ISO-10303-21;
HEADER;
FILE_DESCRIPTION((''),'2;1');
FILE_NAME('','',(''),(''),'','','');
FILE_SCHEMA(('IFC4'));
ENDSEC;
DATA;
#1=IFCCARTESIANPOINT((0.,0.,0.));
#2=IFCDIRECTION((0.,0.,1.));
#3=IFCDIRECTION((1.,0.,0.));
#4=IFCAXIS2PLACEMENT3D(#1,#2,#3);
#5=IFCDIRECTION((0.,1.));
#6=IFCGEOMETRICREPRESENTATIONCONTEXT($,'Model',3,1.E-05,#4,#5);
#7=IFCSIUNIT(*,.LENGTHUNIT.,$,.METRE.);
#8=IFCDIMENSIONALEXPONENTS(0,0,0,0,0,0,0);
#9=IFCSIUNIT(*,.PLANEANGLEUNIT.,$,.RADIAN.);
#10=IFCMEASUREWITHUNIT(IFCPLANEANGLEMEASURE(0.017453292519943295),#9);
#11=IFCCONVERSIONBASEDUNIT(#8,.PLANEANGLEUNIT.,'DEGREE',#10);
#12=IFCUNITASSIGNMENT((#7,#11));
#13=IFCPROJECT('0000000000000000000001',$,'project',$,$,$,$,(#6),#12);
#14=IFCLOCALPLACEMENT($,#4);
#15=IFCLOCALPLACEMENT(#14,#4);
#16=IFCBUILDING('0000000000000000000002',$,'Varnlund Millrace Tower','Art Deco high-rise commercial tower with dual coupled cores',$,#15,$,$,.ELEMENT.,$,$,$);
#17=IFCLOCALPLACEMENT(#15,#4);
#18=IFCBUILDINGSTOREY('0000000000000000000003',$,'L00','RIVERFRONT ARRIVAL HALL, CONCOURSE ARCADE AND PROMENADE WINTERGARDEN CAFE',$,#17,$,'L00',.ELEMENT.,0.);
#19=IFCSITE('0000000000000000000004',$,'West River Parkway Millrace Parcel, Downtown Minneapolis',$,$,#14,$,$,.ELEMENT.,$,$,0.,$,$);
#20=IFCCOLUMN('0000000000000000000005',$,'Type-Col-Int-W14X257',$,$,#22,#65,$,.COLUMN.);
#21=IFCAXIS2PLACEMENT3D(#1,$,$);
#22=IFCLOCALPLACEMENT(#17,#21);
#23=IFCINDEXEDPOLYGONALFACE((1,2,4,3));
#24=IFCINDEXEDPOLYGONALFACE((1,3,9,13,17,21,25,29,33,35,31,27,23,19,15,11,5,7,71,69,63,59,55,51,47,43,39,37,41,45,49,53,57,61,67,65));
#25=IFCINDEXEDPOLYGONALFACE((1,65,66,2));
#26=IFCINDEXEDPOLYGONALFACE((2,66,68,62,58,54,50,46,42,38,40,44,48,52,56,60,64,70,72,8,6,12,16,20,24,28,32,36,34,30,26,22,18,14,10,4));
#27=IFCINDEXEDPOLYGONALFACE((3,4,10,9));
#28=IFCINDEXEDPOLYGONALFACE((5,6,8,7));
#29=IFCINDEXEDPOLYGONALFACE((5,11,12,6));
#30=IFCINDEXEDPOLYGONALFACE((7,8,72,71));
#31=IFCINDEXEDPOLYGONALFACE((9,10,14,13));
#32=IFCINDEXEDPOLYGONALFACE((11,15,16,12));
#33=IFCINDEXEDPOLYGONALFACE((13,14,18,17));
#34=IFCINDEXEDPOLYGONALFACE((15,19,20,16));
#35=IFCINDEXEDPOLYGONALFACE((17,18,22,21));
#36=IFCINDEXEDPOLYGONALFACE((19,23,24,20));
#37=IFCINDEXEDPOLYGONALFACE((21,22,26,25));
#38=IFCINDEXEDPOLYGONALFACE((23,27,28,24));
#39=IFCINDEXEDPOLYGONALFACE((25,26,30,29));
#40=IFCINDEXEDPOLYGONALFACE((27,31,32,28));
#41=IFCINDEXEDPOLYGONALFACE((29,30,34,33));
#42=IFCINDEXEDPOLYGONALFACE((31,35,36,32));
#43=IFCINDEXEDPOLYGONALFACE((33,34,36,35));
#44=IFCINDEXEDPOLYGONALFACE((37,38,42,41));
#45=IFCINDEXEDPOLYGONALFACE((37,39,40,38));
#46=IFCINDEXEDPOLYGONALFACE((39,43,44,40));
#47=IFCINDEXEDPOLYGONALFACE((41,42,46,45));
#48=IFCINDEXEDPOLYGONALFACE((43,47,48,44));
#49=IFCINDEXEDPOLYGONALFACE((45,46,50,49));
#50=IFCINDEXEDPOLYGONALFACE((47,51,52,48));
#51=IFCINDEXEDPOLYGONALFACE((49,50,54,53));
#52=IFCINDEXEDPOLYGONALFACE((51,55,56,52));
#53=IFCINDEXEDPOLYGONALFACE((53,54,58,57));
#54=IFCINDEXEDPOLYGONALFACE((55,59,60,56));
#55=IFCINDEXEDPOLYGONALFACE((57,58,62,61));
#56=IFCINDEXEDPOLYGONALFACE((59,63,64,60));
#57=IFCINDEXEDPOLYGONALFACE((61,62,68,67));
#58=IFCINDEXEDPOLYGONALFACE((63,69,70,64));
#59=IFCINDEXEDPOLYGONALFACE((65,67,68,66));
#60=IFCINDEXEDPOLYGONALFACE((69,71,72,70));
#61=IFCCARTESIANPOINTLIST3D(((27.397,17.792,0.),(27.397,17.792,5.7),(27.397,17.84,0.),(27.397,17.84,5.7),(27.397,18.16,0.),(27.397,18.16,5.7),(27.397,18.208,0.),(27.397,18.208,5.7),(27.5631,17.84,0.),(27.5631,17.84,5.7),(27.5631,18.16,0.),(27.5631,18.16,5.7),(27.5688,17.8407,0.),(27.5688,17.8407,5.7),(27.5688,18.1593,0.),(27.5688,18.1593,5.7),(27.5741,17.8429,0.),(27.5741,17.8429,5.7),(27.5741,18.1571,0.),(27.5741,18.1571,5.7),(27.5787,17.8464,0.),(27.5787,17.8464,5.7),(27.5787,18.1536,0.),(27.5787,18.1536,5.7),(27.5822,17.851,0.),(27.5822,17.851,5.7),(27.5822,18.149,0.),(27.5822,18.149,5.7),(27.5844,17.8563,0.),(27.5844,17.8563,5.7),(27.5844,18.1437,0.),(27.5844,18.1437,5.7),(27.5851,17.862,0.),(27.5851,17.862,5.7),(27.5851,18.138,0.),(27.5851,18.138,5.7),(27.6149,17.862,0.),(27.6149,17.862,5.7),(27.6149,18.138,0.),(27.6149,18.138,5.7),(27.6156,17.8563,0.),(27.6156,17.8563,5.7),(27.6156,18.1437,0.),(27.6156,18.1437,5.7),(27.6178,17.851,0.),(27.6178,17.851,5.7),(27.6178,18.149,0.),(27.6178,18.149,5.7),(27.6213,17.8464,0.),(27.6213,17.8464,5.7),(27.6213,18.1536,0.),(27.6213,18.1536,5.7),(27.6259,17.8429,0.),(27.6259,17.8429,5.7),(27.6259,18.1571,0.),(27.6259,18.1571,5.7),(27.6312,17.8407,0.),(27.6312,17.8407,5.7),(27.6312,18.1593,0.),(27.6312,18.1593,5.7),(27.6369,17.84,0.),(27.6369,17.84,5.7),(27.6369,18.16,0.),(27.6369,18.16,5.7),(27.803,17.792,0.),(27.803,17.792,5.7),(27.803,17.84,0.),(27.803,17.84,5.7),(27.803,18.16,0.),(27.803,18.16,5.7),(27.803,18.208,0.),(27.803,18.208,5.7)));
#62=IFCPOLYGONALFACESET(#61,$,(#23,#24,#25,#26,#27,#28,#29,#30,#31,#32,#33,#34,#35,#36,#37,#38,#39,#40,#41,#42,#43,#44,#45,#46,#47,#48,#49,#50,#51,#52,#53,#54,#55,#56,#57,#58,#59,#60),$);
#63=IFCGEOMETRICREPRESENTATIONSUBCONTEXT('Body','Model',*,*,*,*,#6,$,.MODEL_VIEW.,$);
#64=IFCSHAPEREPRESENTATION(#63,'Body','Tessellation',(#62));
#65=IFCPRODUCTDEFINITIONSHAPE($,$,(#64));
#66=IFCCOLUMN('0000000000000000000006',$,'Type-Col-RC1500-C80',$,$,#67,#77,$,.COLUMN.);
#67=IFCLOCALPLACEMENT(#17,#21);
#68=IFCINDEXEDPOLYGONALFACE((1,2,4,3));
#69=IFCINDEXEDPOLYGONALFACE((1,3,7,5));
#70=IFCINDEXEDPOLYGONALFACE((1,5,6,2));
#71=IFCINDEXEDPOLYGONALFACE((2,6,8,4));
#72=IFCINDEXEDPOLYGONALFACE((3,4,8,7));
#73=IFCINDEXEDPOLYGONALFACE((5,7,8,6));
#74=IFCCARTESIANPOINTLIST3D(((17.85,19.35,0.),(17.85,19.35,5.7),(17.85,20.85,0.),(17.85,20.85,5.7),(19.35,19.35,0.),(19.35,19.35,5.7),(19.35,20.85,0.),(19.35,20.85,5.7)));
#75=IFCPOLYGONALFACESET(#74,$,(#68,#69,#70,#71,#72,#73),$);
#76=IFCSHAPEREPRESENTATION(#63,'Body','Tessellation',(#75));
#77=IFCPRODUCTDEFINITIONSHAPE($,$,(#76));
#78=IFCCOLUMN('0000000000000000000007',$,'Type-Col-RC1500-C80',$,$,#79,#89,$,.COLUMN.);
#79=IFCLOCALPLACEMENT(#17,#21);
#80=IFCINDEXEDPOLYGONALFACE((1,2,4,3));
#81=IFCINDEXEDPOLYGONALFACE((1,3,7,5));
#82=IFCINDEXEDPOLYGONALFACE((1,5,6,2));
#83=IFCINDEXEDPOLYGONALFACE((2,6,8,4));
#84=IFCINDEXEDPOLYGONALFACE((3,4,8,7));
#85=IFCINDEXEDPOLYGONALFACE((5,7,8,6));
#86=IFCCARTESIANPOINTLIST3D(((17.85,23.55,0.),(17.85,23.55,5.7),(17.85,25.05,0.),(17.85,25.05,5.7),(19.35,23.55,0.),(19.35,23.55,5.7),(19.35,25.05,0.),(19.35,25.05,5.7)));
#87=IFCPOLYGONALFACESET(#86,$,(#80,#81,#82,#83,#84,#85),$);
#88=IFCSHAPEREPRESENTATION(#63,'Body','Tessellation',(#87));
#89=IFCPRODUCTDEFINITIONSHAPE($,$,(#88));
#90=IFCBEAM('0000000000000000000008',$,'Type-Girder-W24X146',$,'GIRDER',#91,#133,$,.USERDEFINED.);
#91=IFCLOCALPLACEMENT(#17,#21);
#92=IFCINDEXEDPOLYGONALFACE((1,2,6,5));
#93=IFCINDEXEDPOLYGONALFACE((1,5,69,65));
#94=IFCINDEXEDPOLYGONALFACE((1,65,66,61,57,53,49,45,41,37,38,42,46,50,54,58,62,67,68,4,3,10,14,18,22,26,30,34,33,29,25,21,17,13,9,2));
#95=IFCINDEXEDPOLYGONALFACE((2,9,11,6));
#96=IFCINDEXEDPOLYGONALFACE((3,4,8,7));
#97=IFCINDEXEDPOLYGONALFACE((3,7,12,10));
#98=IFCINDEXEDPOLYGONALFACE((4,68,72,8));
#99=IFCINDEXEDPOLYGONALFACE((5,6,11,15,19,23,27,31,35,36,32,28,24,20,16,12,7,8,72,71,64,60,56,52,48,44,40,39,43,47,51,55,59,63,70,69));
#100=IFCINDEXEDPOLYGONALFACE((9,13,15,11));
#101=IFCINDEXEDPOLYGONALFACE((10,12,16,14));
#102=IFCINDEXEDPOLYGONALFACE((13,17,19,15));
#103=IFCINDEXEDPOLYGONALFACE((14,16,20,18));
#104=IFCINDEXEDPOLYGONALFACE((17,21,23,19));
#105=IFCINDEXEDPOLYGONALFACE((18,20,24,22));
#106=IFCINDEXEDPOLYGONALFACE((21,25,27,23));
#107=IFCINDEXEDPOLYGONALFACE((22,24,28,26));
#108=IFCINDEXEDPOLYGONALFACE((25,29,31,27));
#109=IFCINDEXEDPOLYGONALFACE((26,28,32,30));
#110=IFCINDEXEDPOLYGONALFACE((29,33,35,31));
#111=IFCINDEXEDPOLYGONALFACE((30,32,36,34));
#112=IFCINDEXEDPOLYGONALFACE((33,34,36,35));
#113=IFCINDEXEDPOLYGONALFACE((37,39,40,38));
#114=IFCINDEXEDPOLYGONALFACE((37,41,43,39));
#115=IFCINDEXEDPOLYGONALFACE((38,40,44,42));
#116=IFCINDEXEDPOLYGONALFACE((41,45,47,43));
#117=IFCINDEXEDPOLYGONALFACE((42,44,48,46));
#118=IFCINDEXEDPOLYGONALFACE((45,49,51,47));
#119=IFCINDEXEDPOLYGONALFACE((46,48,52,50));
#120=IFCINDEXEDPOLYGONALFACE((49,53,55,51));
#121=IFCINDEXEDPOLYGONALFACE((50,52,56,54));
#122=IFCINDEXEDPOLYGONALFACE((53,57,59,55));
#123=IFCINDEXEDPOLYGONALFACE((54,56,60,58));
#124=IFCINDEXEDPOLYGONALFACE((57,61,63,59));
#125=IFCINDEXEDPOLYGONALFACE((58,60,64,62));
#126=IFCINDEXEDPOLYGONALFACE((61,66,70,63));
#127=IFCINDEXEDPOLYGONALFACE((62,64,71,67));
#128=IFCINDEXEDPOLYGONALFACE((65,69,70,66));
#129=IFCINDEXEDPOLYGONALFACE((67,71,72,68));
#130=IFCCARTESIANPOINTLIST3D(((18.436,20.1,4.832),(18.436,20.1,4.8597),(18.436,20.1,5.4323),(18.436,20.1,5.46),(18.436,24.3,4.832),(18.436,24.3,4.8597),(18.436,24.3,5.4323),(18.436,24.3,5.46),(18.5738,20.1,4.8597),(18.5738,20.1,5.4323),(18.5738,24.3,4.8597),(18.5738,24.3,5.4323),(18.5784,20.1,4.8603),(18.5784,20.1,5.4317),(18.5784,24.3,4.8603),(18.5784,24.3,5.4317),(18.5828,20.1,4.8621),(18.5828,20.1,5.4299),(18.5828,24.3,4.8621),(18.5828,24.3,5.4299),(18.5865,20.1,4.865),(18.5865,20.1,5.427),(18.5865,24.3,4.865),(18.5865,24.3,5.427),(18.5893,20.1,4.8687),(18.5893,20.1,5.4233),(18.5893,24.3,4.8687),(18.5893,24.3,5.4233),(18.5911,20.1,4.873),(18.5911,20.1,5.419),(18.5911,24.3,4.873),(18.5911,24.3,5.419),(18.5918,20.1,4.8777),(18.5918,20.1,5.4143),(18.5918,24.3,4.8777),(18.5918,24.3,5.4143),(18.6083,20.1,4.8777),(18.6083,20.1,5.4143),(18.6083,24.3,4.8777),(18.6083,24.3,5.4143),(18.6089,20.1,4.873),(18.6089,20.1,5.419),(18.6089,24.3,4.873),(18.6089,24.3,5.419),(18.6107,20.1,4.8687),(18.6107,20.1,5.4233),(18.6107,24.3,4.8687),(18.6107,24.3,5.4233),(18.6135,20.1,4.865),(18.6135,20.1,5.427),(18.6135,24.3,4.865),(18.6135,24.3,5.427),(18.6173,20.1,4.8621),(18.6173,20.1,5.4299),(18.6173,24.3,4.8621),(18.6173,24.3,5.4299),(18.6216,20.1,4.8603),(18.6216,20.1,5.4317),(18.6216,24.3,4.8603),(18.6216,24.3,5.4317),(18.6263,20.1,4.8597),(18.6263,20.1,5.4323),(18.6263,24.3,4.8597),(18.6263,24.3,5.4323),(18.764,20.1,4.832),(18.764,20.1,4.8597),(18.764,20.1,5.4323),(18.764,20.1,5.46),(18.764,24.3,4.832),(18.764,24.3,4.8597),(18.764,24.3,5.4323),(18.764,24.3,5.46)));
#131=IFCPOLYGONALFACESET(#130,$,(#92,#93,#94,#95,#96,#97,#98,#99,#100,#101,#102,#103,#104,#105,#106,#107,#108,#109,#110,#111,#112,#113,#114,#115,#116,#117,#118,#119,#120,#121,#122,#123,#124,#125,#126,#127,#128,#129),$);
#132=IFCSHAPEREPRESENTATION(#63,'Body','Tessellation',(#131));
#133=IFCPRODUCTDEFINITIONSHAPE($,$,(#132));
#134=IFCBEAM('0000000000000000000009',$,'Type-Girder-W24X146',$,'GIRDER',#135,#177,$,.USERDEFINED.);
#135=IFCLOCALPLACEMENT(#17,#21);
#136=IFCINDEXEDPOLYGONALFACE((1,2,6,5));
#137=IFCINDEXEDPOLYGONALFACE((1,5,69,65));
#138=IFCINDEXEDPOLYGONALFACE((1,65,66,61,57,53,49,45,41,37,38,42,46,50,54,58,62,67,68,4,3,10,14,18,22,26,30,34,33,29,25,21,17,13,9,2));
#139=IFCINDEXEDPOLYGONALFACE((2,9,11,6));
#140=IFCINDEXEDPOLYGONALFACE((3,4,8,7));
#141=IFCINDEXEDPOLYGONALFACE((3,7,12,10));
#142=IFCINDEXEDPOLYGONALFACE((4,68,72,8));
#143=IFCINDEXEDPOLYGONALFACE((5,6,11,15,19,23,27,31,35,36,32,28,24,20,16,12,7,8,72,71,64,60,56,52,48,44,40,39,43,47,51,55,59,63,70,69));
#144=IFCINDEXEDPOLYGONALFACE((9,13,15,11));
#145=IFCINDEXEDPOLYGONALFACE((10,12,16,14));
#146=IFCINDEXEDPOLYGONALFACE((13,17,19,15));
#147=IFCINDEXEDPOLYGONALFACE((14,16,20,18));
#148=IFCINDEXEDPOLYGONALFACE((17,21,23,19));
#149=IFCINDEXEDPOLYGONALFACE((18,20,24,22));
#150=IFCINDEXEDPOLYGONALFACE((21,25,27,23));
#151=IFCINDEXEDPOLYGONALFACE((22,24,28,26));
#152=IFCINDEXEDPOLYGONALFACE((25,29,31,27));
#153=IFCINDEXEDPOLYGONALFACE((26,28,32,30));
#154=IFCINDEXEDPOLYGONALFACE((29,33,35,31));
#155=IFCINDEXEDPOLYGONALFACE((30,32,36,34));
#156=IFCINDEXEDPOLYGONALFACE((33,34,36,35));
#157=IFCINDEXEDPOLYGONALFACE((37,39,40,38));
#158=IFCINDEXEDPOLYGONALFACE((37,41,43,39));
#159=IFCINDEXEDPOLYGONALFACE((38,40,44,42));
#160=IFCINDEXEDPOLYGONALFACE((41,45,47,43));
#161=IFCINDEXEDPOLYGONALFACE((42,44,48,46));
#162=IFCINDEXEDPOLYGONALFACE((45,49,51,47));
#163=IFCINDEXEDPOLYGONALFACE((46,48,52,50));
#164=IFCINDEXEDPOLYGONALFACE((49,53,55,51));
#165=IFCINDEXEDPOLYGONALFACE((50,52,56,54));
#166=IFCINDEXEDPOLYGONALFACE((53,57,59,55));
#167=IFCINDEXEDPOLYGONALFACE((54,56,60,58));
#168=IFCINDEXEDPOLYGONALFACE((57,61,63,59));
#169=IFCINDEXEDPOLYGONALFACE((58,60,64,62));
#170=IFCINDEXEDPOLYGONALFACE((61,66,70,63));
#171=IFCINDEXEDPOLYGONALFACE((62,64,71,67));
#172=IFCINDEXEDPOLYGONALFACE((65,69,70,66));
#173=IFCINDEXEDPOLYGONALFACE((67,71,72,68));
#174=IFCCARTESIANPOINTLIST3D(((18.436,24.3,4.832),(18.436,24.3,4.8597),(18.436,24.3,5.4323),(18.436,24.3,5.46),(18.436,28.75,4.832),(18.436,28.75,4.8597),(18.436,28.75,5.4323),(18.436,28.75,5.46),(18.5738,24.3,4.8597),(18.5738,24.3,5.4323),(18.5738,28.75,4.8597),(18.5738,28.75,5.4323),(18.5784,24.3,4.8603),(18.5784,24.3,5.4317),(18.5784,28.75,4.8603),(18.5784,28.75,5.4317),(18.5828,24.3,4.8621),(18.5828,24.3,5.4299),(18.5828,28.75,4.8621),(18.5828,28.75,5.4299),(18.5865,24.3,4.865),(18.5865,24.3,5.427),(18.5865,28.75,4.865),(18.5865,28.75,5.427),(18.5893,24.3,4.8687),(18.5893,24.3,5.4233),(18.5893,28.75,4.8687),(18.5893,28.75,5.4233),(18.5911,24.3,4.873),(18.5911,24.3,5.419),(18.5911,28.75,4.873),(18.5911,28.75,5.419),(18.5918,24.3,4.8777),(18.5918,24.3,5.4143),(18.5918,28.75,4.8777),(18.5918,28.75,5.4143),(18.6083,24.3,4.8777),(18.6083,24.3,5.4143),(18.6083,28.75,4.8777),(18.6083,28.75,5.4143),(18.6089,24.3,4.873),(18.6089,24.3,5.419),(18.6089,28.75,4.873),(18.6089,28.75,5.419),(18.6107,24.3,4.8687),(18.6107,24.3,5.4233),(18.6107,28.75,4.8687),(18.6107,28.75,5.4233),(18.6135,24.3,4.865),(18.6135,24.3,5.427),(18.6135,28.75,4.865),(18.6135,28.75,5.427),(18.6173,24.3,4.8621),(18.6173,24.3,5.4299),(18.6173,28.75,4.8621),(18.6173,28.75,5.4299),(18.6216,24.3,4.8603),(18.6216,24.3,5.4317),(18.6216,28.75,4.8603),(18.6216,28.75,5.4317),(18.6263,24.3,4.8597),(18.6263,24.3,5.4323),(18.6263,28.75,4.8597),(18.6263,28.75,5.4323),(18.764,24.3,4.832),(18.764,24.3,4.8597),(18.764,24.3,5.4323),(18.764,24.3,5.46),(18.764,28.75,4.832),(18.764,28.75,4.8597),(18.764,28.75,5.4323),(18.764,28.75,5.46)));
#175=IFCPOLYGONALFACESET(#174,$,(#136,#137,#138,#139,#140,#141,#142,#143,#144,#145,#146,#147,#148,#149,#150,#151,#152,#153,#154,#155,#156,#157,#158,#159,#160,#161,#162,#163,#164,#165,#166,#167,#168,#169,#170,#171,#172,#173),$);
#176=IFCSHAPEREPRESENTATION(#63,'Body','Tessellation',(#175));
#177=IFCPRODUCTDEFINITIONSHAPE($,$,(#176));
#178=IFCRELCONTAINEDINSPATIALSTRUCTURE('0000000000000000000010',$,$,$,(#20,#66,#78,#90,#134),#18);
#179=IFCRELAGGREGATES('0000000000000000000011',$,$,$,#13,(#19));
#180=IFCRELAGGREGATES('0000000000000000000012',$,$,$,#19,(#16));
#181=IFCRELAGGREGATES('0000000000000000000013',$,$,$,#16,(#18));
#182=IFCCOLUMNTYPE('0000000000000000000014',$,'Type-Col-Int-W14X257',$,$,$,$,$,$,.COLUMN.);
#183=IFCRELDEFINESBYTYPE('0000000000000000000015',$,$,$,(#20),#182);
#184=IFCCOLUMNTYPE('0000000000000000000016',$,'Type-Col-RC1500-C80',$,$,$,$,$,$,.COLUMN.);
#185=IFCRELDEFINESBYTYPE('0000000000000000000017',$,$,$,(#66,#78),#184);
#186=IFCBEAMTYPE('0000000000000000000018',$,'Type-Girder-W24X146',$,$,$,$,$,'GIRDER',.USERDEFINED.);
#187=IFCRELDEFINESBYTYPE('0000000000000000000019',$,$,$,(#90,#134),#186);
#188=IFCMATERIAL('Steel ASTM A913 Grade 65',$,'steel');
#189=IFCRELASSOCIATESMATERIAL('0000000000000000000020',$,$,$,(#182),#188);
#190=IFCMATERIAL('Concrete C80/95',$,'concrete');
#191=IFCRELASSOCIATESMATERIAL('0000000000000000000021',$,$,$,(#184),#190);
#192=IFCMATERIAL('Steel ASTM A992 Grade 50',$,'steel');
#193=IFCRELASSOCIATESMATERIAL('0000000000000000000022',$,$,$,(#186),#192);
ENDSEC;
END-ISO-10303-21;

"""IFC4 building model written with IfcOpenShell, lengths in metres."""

from ifc_helpers import new_model, entity, si_unit, converted_unit, direction, frame, origin_with_axes, origin_2d_with_axis, place, context, subcontext, project, spatial, rectangle, i_section, extrude, material, material_profile, profile_set, type_object, element, save


model = new_model("IFC4")

# Units and contexts
model_context = context("Model", 3, precision=1e-05, world=origin_with_axes(), true_north=direction((0.0, 1.0)))
body_context = subcontext(model_context, "Body", "Model", "MODEL_VIEW")
ifc_project = project(units=[si_unit("LENGTHUNIT", "METRE"), converted_unit("PLANEANGLEUNIT", "DEGREE", entity("IfcPlaneAngleMeasure", 0.017453292519943295), si_unit("PLANEANGLEUNIT", "RADIAN"), dimensions=[0, 0, 0, 0, 0, 0, 0])], contexts=[model_context])

# Site, building, storey
site_placement = place(None, origin_with_axes())
site = spatial("IfcSite", under=ifc_project, at=site_placement, Name="West River Parkway Millrace Parcel, Downtown Minneapolis", CompositionType="ELEMENT", RefElevation=0.0)
building_placement = place(site_placement, origin_with_axes())
building = spatial("IfcBuilding", under=site, at=building_placement, Name="Varnlund Millrace Tower", Description="Art Deco high-rise commercial tower with dual coupled cores", CompositionType="ELEMENT")
storey_placement = place(building_placement, origin_with_axes())
storey = spatial("IfcBuildingStorey", under=building, at=storey_placement, Name="L00", Description="RIVERFRONT ARRIVAL HALL, CONCOURSE ARCADE AND PROMENADE WINTERGARDEN CAFE", LongName="L00", CompositionType="ELEMENT", Elevation=0.0)

# Columns
ifc_material_1 = material(Name="Steel ASTM A913 Grade 65", Category="steel")
ifc_material_profile_1 = material_profile(ifc_material_1, i_section(OverallWidth=0.406, OverallDepth=0.416, WebThickness=0.0298, FlangeThickness=0.048, FilletRadius=0.022, at=origin_2d_with_axis()), Name="Steel ASTM A913 Grade 65")
ifc_profile_set_1 = profile_set([ifc_material_profile_1], Name="Steel ASTM A913 Grade 65")
column_type_1 = type_object("IfcColumnType", Name="Type-Col-Int-W14X257", PredefinedType="COLUMN", material=ifc_profile_set_1)
column_placement = place(storey_placement, frame((27.6, 18.0, 0.0), z_axis=(0.0, 0.0, 1.0), x_axis=(1.0, 0.0, 0.0)))
element("IfcColumn", 1, at=column_placement, inside=storey, type_object=column_type_1, Name="Type-Col-Int-W14X257", PredefinedType="COLUMN", context=body_context, shape_type="SweptSolid", body=[
    extrude(i_section(OverallWidth=0.406, OverallDepth=0.416, WebThickness=0.0298, FlangeThickness=0.048, FilletRadius=0.022, at=origin_2d_with_axis()), origin_with_axes(), (0.0, 0.0, 1.0), 5.7),
])
ifc_material_2 = material(Name="Concrete C80/95", Category="concrete")
ifc_material_profile_2 = material_profile(ifc_material_2, rectangle(XDim=1.5, YDim=1.5, at=origin_2d_with_axis()), Name="Concrete C80/95")
ifc_profile_set_2 = profile_set([ifc_material_profile_2], Name="Concrete C80/95")
column_type_2 = type_object("IfcColumnType", Name="Type-Col-RC1500-C80", PredefinedType="COLUMN", material=ifc_profile_set_2)
for number, where, z_axis, x_axis, name in (
    (2, (18.6, 20.1, 0.0), (0.0, 0.0, 1.0), (1.0, 0.0, 0.0), "Type-Col-RC1500-C80"),
    (3, (18.6, 24.3, 0.0), (0.0, 0.0, 1.0), (1.0, 0.0, 0.0), "Type-Col-RC1500-C80"),
):
    element("IfcColumn", number, at=place(storey_placement, frame(where, z_axis=z_axis, x_axis=x_axis)), inside=storey, type_object=column_type_2, Name=name, PredefinedType="COLUMN", context=body_context, shape_type="SweptSolid", body=[
        extrude(rectangle(XDim=1.5, YDim=1.5, at=origin_2d_with_axis()), origin_with_axes(), (0.0, 0.0, 1.0), 5.7),
    ])

# Beams
ifc_material_3 = material(Name="Steel ASTM A992 Grade 50", Category="steel")
ifc_material_profile_3 = material_profile(ifc_material_3, i_section(OverallWidth=0.328, OverallDepth=0.628, WebThickness=0.0165, FlangeThickness=0.0277, FilletRadius=0.018, at=origin_2d_with_axis()), Name="Steel ASTM A992 Grade 50")
ifc_profile_set_3 = profile_set([ifc_material_profile_3], Name="Steel ASTM A992 Grade 50")
beam_type_1 = type_object("IfcBeamType", Name="Type-Girder-W24X146", ElementType="GIRDER", PredefinedType="USERDEFINED", material=ifc_profile_set_3)
beam_1_placement = place(storey_placement, frame((18.6, 20.1, 5.146), z_axis=(0.0, 1.0, 0.0), x_axis=(-1.0, 0.0, 0.0)))
element("IfcBeam", 4, at=beam_1_placement, inside=storey, type_object=beam_type_1, Name="Type-Girder-W24X146", ObjectType="GIRDER", PredefinedType="USERDEFINED", context=body_context, shape_type="SweptSolid", body=[
    extrude(i_section(OverallWidth=0.328, OverallDepth=0.628, WebThickness=0.0165, FlangeThickness=0.0277, FilletRadius=0.018, at=origin_2d_with_axis()), origin_with_axes(), (0.0, 0.0, 1.0), 4.2),
])
beam_2_placement = place(storey_placement, frame((18.6, 24.3, 5.146), z_axis=(0.0, 1.0, 0.0), x_axis=(-1.0, 0.0, 0.0)))
element("IfcBeam", 5, at=beam_2_placement, inside=storey, type_object=beam_type_1, Name="Type-Girder-W24X146", ObjectType="GIRDER", PredefinedType="USERDEFINED", context=body_context, shape_type="SweptSolid", body=[
    extrude(i_section(OverallWidth=0.328, OverallDepth=0.628, WebThickness=0.0165, FlangeThickness=0.0277, FilletRadius=0.018, at=origin_2d_with_axis()), origin_with_axes(), (0.0, 0.0, 1.0), 4.45),
])

save(model, "model.ifc")
